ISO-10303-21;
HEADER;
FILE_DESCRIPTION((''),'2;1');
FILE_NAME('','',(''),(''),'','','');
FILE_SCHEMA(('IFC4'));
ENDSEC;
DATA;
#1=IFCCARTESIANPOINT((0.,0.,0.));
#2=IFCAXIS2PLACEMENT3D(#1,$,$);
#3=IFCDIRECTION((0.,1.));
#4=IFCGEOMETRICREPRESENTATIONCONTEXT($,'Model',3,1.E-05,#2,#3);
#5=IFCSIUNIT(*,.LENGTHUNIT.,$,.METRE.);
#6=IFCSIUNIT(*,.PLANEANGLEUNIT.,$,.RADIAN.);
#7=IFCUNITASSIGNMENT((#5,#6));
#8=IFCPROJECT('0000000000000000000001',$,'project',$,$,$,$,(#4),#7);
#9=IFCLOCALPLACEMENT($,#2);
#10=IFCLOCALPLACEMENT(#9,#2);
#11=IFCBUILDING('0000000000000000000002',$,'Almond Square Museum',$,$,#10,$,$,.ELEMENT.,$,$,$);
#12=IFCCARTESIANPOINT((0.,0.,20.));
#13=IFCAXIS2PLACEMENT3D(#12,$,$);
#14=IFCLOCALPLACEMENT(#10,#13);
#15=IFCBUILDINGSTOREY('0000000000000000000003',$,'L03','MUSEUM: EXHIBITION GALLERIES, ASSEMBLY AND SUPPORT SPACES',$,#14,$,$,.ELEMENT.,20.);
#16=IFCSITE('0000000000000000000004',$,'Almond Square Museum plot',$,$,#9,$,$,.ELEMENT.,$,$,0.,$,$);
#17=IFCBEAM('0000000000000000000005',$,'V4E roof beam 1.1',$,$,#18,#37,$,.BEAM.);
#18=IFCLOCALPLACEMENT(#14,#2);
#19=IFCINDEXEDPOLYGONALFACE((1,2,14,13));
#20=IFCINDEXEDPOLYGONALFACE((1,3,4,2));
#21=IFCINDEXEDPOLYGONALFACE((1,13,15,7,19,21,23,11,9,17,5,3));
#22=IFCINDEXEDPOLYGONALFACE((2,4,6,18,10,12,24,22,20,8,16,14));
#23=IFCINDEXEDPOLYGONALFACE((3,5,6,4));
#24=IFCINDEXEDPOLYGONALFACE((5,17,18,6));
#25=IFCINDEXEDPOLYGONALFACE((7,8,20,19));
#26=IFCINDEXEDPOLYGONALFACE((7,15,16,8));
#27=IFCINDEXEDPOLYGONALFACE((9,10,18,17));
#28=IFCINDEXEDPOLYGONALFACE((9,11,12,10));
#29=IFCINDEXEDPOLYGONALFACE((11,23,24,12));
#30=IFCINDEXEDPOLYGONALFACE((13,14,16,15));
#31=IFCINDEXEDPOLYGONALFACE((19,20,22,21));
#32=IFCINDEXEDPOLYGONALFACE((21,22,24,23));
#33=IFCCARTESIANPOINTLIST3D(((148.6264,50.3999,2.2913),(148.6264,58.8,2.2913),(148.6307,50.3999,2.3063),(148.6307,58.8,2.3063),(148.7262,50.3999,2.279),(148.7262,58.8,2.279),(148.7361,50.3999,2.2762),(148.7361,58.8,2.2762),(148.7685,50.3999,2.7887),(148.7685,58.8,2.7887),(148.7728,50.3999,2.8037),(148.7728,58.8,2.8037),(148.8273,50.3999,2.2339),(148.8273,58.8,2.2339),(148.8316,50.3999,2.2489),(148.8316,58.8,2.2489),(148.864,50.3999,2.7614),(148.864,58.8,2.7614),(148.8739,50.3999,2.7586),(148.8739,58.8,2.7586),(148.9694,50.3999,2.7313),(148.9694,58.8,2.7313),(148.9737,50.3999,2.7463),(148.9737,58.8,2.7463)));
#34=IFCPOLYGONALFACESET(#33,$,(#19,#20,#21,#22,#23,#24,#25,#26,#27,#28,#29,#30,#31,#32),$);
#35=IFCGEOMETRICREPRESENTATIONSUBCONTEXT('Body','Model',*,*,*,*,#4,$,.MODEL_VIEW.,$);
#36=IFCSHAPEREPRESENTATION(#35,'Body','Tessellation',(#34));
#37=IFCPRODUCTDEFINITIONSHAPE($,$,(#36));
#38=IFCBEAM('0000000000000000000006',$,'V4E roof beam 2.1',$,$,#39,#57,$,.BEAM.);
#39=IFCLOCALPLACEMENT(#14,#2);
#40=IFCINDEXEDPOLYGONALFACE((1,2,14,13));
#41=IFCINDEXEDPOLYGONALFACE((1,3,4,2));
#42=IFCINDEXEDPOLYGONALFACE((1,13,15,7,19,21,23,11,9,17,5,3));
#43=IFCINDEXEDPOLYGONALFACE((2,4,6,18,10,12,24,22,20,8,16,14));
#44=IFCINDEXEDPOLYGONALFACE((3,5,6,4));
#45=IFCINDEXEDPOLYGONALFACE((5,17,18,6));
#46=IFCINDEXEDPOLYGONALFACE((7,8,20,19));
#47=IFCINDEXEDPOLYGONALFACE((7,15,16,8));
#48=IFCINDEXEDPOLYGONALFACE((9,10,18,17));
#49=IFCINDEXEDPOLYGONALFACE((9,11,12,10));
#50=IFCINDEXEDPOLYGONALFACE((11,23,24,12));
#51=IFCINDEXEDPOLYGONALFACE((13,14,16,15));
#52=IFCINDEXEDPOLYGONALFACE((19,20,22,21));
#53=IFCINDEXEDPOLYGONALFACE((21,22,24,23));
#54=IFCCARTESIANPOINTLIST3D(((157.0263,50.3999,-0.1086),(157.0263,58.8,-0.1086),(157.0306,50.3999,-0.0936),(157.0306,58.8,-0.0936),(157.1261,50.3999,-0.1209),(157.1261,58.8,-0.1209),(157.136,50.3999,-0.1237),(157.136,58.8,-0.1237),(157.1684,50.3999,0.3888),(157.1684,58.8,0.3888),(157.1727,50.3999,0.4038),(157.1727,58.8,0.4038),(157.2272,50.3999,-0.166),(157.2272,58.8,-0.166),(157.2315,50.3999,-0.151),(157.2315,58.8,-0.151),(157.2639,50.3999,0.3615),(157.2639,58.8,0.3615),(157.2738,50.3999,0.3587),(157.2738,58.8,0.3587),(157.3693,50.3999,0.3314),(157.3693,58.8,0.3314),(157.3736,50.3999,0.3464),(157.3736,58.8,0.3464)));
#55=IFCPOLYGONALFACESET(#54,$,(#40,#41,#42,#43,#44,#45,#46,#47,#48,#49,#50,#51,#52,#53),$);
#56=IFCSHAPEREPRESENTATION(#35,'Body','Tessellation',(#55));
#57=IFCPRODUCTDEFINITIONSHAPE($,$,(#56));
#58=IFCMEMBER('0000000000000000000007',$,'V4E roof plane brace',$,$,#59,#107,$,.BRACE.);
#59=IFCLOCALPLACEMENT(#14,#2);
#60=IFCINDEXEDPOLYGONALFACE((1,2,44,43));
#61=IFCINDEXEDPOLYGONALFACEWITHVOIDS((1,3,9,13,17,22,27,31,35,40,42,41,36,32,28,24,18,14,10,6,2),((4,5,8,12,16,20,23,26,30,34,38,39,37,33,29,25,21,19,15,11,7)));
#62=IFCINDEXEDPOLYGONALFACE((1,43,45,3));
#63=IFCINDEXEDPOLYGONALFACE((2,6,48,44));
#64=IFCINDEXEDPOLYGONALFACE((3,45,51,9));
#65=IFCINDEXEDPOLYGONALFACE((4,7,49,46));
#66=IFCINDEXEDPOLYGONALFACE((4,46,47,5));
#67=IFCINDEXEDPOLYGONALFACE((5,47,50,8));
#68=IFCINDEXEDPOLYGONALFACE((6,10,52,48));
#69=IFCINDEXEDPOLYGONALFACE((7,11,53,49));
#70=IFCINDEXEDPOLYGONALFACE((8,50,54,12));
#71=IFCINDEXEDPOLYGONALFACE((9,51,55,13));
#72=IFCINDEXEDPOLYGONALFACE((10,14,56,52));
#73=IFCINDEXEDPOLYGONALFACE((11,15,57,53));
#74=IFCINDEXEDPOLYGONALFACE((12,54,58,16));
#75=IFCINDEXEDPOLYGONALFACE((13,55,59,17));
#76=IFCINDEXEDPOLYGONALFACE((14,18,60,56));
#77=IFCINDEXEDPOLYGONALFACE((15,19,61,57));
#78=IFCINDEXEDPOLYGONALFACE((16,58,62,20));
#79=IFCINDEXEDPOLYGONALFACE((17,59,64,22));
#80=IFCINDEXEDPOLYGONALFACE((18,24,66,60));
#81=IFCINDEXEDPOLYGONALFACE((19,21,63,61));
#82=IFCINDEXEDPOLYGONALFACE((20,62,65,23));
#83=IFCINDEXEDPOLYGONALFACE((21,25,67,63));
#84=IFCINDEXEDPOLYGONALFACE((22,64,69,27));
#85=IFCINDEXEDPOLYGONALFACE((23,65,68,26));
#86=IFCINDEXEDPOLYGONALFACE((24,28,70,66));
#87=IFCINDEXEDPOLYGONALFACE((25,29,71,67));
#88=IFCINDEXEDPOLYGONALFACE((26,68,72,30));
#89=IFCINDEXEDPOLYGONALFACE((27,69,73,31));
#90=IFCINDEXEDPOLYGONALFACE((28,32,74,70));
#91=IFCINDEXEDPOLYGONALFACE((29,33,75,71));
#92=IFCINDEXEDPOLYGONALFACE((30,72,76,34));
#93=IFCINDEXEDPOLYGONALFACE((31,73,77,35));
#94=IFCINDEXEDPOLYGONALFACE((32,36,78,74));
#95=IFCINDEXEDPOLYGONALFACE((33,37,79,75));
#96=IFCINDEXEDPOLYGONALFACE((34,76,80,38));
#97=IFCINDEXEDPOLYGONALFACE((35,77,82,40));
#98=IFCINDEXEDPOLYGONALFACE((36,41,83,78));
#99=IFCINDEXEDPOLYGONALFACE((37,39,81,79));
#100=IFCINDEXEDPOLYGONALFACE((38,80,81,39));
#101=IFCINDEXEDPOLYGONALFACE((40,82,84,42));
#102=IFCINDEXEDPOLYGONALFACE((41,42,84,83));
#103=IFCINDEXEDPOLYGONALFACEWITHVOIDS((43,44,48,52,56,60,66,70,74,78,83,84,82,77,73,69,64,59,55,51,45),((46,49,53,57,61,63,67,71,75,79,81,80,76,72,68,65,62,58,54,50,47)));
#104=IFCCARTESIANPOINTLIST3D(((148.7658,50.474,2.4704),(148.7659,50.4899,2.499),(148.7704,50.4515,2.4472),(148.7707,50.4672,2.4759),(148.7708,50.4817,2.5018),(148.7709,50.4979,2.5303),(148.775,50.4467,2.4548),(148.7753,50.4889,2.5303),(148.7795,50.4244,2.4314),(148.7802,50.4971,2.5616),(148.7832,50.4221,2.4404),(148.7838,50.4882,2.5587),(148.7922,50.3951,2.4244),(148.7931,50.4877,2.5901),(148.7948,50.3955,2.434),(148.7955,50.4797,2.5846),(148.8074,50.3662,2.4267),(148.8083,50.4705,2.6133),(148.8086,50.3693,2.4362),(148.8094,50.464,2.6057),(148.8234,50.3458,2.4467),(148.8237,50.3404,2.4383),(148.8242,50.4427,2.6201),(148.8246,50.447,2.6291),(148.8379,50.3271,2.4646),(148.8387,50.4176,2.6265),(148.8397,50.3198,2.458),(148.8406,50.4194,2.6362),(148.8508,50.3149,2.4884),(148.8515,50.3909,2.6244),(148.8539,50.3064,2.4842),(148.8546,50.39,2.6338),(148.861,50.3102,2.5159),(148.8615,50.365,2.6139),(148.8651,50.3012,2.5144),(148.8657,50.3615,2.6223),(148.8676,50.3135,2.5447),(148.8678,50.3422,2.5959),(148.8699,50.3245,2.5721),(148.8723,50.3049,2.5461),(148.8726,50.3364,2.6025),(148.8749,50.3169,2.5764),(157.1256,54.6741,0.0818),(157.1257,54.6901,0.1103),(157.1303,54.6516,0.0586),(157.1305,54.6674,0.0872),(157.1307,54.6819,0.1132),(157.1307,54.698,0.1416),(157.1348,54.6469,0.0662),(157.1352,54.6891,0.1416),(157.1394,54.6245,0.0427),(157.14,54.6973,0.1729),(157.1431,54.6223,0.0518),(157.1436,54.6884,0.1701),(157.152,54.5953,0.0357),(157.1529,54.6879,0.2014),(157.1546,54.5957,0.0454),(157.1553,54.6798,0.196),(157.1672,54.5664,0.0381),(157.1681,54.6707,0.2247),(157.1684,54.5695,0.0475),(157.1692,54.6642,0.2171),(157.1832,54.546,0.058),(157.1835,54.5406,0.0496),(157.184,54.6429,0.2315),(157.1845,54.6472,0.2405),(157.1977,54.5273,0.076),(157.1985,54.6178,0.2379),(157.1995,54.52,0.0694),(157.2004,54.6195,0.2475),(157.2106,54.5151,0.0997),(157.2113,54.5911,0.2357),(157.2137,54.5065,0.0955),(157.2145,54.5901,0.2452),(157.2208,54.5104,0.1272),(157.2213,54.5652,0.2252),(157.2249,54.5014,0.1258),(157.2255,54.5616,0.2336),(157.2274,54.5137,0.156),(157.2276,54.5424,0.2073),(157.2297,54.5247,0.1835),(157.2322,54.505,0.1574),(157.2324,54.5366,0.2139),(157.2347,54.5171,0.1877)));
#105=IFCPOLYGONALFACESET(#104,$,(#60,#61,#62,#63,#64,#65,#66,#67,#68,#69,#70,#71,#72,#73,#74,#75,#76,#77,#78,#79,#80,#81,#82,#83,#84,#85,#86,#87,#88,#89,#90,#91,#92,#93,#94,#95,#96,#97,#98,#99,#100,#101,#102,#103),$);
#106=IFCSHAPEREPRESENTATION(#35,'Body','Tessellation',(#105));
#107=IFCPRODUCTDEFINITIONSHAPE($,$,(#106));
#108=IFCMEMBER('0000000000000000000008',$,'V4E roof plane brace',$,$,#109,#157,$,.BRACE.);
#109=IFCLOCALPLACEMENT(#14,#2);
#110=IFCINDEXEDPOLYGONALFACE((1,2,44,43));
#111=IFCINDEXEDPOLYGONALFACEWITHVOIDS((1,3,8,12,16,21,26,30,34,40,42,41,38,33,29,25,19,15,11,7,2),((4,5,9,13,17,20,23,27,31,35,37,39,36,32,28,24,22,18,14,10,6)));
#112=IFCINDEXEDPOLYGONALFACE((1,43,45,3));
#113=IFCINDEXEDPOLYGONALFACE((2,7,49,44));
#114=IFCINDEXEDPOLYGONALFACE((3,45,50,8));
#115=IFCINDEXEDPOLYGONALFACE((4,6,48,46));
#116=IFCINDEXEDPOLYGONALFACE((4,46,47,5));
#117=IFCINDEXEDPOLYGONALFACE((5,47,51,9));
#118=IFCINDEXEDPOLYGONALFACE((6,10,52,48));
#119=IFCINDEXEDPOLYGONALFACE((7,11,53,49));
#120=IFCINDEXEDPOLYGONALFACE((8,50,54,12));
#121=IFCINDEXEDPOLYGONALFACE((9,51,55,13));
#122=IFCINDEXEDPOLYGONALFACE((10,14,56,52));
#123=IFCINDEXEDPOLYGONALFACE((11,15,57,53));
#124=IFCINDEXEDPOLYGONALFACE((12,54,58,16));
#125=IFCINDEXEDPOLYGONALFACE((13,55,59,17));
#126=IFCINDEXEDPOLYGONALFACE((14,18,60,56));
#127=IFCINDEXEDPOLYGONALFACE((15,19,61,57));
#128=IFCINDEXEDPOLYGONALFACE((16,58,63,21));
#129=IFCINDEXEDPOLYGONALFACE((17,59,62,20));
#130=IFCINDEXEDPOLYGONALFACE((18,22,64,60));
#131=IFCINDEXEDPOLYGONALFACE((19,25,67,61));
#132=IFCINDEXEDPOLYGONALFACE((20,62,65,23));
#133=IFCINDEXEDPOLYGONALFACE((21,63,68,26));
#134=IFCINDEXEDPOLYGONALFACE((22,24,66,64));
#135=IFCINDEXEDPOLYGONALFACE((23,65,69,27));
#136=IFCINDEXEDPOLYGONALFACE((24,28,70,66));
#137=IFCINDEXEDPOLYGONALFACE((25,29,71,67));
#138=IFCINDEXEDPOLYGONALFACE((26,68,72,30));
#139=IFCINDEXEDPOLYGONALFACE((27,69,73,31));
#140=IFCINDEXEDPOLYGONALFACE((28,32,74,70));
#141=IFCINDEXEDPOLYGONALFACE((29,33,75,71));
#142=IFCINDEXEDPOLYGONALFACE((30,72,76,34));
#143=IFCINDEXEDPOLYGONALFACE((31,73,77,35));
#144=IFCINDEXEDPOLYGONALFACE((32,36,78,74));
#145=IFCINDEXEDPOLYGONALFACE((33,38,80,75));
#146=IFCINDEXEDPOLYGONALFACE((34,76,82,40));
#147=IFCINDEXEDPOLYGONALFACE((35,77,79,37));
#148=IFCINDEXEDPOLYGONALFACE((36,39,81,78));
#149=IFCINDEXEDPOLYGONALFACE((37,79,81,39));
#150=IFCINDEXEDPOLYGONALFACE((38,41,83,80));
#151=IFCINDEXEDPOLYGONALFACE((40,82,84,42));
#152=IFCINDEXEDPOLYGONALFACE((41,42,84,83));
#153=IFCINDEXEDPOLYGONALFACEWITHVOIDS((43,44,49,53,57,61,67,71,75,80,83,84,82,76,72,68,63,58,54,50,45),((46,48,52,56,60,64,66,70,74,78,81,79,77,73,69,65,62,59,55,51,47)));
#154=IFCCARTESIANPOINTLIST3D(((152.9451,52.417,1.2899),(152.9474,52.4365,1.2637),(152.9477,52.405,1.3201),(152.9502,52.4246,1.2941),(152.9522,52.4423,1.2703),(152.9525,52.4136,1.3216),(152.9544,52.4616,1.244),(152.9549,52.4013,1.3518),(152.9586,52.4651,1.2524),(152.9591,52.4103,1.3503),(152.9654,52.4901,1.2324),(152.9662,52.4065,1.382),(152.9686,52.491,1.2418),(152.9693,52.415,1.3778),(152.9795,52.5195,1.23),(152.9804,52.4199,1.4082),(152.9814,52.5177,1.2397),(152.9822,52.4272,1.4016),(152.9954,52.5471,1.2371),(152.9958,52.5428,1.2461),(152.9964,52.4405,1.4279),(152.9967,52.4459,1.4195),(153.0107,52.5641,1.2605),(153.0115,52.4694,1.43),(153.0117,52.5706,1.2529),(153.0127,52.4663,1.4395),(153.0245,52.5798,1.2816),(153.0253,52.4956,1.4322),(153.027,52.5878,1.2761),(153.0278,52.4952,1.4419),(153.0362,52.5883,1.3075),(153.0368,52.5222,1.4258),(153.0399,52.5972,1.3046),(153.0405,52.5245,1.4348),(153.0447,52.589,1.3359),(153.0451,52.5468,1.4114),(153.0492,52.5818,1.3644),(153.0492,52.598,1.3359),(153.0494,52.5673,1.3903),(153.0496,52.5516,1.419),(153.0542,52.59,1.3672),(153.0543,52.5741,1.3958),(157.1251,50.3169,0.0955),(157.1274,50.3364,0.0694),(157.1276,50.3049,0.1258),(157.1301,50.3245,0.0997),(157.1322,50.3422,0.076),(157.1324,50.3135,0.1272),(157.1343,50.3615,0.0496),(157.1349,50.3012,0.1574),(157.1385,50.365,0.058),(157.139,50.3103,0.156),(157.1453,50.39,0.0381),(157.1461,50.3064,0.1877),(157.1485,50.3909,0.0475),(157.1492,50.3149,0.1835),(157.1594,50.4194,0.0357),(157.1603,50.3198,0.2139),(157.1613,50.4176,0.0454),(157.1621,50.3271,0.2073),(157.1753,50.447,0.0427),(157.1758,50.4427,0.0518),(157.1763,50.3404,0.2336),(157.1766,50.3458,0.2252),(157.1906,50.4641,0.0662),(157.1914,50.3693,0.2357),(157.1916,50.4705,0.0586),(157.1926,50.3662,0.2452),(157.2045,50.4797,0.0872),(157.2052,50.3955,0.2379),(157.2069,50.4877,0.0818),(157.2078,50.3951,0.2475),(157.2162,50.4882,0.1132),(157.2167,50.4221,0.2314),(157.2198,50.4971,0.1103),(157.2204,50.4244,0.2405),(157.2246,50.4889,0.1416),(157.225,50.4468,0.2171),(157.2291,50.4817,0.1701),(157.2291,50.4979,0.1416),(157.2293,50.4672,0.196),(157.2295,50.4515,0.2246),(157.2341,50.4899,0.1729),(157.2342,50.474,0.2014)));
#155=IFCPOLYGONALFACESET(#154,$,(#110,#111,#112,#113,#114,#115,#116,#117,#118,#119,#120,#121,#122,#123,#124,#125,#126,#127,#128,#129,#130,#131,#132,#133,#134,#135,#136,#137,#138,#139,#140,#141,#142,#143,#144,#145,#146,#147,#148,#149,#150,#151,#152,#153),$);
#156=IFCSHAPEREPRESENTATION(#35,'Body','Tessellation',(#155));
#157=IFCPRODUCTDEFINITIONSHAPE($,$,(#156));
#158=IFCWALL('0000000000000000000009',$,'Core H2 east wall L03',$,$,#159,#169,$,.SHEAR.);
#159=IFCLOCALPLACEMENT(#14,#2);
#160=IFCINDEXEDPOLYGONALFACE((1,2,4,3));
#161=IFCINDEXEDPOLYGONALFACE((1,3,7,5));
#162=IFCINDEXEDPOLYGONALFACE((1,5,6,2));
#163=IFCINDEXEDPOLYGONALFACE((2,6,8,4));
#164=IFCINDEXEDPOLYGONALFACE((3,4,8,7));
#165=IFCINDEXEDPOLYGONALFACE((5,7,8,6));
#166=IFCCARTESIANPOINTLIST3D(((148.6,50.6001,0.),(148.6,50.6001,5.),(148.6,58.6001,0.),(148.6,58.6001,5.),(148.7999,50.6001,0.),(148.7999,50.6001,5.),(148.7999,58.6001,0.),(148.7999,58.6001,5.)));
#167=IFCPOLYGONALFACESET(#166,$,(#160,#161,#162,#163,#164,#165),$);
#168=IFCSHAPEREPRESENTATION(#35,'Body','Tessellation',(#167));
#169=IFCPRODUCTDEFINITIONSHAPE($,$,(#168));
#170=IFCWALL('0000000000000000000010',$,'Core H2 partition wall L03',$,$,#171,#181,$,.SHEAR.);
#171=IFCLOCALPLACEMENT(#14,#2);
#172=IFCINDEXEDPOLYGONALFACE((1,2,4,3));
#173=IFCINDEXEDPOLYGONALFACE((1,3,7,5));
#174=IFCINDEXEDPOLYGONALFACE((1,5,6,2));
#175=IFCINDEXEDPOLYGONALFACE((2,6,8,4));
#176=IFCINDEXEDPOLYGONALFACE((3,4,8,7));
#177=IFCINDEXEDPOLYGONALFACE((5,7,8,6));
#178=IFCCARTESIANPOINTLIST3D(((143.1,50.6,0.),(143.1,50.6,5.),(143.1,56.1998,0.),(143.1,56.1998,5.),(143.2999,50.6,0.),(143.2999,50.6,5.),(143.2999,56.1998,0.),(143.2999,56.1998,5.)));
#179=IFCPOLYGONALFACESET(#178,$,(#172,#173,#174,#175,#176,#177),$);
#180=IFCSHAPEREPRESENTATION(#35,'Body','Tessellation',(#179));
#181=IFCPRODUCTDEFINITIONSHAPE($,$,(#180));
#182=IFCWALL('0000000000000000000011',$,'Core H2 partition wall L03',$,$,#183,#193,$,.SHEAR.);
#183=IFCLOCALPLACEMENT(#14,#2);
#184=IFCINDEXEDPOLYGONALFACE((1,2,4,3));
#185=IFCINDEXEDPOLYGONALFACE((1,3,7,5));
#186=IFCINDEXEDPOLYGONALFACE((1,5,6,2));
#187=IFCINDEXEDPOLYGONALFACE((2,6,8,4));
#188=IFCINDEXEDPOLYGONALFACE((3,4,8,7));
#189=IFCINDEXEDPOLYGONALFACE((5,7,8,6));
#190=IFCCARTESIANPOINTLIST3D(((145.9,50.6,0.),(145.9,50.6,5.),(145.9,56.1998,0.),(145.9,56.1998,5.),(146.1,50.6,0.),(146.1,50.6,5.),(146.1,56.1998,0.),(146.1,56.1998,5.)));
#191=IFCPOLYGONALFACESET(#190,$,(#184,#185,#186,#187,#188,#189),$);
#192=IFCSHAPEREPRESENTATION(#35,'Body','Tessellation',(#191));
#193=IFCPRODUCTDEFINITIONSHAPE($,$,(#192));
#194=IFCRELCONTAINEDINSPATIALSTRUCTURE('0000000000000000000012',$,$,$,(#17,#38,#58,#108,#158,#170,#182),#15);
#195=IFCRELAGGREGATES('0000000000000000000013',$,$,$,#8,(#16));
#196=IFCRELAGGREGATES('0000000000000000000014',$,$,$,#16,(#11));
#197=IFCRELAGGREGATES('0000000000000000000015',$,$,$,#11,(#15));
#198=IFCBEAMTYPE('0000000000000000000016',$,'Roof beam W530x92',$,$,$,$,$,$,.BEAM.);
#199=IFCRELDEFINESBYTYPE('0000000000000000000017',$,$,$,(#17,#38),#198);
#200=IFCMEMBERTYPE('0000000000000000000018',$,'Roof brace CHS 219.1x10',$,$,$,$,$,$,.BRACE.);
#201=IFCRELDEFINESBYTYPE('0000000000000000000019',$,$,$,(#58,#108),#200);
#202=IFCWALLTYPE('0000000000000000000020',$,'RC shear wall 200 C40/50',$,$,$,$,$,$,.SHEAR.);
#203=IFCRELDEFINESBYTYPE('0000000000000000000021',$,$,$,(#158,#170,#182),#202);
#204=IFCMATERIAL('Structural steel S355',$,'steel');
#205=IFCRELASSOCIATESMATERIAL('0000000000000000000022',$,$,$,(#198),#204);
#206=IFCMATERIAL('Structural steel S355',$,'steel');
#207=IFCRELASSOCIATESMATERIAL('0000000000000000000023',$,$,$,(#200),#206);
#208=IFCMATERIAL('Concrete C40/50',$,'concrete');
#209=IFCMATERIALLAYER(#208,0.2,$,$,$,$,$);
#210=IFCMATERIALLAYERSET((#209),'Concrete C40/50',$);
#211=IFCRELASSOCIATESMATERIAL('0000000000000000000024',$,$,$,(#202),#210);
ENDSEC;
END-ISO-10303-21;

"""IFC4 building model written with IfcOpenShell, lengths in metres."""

from ifc_helpers import new_model, si_unit, direction, frame, frame_2d, origin, origin_2d, place, context, subcontext, project, spatial, rectangle, hollow_circle, i_section, extrude, material, layer, layer_set, material_profile, profile_set, type_object, element, save


model = new_model("IFC4")

# Units and contexts
model_context = context("Model", 3, precision=1e-05, world=origin(), true_north=direction((0.0, 1.0)))
body_context = subcontext(model_context, "Body", "Model", "MODEL_VIEW")
ifc_project = project(units=[si_unit("LENGTHUNIT", "METRE"), si_unit("PLANEANGLEUNIT", "RADIAN")], contexts=[model_context])

# Site, building, storey
site_placement = place(None, origin())
site = spatial("IfcSite", under=ifc_project, at=site_placement, Name="Almond Square Museum plot", CompositionType="ELEMENT", RefElevation=0.0)
building_placement = place(site_placement, origin())
building = spatial("IfcBuilding", under=site, at=building_placement, Name="Almond Square Museum", CompositionType="ELEMENT")
storey_placement = place(building_placement, frame((0.0, 0.0, 20.0)))
storey = spatial("IfcBuildingStorey", under=building, at=storey_placement, Name="L03", Description="MUSEUM: EXHIBITION GALLERIES, ASSEMBLY AND SUPPORT SPACES", CompositionType="ELEMENT", Elevation=20.0)

# Beams
ifc_material_1 = material(Name="Structural steel S355", Category="steel")
ifc_material_profile_1 = material_profile(ifc_material_1, i_section(OverallWidth=0.209, OverallDepth=0.533, WebThickness=0.0103, FlangeThickness=0.0156, at=origin_2d()))
ifc_profile_set_1 = profile_set([ifc_material_profile_1], Name="Structural steel S355")
beam_type = type_object("IfcBeamType", Name="Roof beam W530x92", PredefinedType="BEAM", material=ifc_profile_set_1)
for number, where, z_axis, x_axis, name in (
    (1, (148.8, 50.3999, 2.5188), (0.0, 1.0, 0.0), (-0.961524, 0.0, 0.274721), "V4E roof beam 1.1"),
    (2, (157.2, 50.3999, 0.1189), (0.0, 1.0, 0.0), (-0.961524, 0.0, 0.274721), "V4E roof beam 2.1"),
):
    element("IfcBeam", number, at=place(storey_placement, frame(where, z_axis=z_axis, x_axis=x_axis)), inside=storey, type_object=beam_type, Name=name, PredefinedType="BEAM", context=body_context, shape_type="SweptSolid", body=[
        extrude(i_section(OverallWidth=0.209, OverallDepth=0.533, WebThickness=0.0103, FlangeThickness=0.0156, at=origin_2d()), origin(), (0.0, 0.0, 1.0), 8.4001),
    ])

# Members
ifc_material_2 = material(Name="Structural steel S355", Category="steel")
ifc_material_profile_2 = material_profile(ifc_material_2, hollow_circle(Radius=0.1096, WallThickness=0.01, at=origin_2d()))
ifc_profile_set_2 = profile_set([ifc_material_profile_2], Name="Structural steel S355")
member_type = type_object("IfcMemberType", Name="Roof brace CHS 219.1x10", PredefinedType="BRACE", material=ifc_profile_set_2)
member_1_placement = place(storey_placement, frame((148.8201, 50.3999, 2.5303), z_axis=(0.865786, 0.434991, -0.247382), x_axis=(-0.448945, 0.893559, 0.0)))
element("IfcMember", 3, at=member_1_placement, inside=storey, type_object=member_type, Name="V4E roof plane brace", PredefinedType="BRACE", context=body_context, shape_type="SweptSolid", body=[
    extrude(hollow_circle(Radius=0.1096, WallThickness=0.01, at=origin_2d()), origin(), (0.0, 0.0, 1.0), 9.6558),
])
member_2_placement = place(storey_placement, frame((153.0, 52.5, 1.3359), z_axis=(0.865786, -0.434991, -0.247382), x_axis=(0.448945, 0.893559, 0.0)))
element("IfcMember", 4, at=member_2_placement, inside=storey, type_object=member_type, Name="V4E roof plane brace", PredefinedType="BRACE", context=body_context, shape_type="SweptSolid", body=[
    extrude(hollow_circle(Radius=0.1096, WallThickness=0.01, at=origin_2d()), origin(), (0.0, 0.0, 1.0), 4.8279),
])

# Walls
ifc_material_3 = material(Name="Concrete C40/50", Category="concrete")
ifc_layer_1 = layer(ifc_material_3, 0.2)
ifc_layer_set_1 = layer_set([ifc_layer_1], Name="Concrete C40/50")
wall_type = type_object("IfcWallType", Name="RC shear wall 200 C40/50", PredefinedType="SHEAR", material=ifc_layer_set_1)
wall_1_placement = place(storey_placement, frame((148.7, 50.6001, 0.0), z_axis=(0.0, 0.0, 1.0), x_axis=(0.0, 1.0, 0.0)))
element("IfcWall", 5, at=wall_1_placement, inside=storey, type_object=wall_type, Name="Core H2 east wall L03", PredefinedType="SHEAR", context=body_context, shape_type="SweptSolid", body=[
    extrude(rectangle(XDim=8.0, YDim=0.2, at=frame_2d((4.0, 0.0))), origin(), (0.0, 0.0, 1.0), 5.0),
])
for number, where, z_axis, x_axis, name in (
    (6, (143.2, 50.6001, 0.0), (0.0, 0.0, 1.0), (0.0, 1.0, 0.0), "Core H2 partition wall L03"),
    (7, (146.0, 50.6001, 0.0), (0.0, 0.0, 1.0), (0.0, 1.0, 0.0), "Core H2 partition wall L03"),
):
    element("IfcWall", number, at=place(storey_placement, frame(where, z_axis=z_axis, x_axis=x_axis)), inside=storey, type_object=wall_type, Name=name, PredefinedType="SHEAR", context=body_context, shape_type="SweptSolid", body=[
        extrude(rectangle(XDim=5.5999, YDim=0.2, at=frame_2d((2.7998, 0.0))), origin(), (0.0, 0.0, 1.0), 5.0),
    ])

save(model, "model.ifc")
